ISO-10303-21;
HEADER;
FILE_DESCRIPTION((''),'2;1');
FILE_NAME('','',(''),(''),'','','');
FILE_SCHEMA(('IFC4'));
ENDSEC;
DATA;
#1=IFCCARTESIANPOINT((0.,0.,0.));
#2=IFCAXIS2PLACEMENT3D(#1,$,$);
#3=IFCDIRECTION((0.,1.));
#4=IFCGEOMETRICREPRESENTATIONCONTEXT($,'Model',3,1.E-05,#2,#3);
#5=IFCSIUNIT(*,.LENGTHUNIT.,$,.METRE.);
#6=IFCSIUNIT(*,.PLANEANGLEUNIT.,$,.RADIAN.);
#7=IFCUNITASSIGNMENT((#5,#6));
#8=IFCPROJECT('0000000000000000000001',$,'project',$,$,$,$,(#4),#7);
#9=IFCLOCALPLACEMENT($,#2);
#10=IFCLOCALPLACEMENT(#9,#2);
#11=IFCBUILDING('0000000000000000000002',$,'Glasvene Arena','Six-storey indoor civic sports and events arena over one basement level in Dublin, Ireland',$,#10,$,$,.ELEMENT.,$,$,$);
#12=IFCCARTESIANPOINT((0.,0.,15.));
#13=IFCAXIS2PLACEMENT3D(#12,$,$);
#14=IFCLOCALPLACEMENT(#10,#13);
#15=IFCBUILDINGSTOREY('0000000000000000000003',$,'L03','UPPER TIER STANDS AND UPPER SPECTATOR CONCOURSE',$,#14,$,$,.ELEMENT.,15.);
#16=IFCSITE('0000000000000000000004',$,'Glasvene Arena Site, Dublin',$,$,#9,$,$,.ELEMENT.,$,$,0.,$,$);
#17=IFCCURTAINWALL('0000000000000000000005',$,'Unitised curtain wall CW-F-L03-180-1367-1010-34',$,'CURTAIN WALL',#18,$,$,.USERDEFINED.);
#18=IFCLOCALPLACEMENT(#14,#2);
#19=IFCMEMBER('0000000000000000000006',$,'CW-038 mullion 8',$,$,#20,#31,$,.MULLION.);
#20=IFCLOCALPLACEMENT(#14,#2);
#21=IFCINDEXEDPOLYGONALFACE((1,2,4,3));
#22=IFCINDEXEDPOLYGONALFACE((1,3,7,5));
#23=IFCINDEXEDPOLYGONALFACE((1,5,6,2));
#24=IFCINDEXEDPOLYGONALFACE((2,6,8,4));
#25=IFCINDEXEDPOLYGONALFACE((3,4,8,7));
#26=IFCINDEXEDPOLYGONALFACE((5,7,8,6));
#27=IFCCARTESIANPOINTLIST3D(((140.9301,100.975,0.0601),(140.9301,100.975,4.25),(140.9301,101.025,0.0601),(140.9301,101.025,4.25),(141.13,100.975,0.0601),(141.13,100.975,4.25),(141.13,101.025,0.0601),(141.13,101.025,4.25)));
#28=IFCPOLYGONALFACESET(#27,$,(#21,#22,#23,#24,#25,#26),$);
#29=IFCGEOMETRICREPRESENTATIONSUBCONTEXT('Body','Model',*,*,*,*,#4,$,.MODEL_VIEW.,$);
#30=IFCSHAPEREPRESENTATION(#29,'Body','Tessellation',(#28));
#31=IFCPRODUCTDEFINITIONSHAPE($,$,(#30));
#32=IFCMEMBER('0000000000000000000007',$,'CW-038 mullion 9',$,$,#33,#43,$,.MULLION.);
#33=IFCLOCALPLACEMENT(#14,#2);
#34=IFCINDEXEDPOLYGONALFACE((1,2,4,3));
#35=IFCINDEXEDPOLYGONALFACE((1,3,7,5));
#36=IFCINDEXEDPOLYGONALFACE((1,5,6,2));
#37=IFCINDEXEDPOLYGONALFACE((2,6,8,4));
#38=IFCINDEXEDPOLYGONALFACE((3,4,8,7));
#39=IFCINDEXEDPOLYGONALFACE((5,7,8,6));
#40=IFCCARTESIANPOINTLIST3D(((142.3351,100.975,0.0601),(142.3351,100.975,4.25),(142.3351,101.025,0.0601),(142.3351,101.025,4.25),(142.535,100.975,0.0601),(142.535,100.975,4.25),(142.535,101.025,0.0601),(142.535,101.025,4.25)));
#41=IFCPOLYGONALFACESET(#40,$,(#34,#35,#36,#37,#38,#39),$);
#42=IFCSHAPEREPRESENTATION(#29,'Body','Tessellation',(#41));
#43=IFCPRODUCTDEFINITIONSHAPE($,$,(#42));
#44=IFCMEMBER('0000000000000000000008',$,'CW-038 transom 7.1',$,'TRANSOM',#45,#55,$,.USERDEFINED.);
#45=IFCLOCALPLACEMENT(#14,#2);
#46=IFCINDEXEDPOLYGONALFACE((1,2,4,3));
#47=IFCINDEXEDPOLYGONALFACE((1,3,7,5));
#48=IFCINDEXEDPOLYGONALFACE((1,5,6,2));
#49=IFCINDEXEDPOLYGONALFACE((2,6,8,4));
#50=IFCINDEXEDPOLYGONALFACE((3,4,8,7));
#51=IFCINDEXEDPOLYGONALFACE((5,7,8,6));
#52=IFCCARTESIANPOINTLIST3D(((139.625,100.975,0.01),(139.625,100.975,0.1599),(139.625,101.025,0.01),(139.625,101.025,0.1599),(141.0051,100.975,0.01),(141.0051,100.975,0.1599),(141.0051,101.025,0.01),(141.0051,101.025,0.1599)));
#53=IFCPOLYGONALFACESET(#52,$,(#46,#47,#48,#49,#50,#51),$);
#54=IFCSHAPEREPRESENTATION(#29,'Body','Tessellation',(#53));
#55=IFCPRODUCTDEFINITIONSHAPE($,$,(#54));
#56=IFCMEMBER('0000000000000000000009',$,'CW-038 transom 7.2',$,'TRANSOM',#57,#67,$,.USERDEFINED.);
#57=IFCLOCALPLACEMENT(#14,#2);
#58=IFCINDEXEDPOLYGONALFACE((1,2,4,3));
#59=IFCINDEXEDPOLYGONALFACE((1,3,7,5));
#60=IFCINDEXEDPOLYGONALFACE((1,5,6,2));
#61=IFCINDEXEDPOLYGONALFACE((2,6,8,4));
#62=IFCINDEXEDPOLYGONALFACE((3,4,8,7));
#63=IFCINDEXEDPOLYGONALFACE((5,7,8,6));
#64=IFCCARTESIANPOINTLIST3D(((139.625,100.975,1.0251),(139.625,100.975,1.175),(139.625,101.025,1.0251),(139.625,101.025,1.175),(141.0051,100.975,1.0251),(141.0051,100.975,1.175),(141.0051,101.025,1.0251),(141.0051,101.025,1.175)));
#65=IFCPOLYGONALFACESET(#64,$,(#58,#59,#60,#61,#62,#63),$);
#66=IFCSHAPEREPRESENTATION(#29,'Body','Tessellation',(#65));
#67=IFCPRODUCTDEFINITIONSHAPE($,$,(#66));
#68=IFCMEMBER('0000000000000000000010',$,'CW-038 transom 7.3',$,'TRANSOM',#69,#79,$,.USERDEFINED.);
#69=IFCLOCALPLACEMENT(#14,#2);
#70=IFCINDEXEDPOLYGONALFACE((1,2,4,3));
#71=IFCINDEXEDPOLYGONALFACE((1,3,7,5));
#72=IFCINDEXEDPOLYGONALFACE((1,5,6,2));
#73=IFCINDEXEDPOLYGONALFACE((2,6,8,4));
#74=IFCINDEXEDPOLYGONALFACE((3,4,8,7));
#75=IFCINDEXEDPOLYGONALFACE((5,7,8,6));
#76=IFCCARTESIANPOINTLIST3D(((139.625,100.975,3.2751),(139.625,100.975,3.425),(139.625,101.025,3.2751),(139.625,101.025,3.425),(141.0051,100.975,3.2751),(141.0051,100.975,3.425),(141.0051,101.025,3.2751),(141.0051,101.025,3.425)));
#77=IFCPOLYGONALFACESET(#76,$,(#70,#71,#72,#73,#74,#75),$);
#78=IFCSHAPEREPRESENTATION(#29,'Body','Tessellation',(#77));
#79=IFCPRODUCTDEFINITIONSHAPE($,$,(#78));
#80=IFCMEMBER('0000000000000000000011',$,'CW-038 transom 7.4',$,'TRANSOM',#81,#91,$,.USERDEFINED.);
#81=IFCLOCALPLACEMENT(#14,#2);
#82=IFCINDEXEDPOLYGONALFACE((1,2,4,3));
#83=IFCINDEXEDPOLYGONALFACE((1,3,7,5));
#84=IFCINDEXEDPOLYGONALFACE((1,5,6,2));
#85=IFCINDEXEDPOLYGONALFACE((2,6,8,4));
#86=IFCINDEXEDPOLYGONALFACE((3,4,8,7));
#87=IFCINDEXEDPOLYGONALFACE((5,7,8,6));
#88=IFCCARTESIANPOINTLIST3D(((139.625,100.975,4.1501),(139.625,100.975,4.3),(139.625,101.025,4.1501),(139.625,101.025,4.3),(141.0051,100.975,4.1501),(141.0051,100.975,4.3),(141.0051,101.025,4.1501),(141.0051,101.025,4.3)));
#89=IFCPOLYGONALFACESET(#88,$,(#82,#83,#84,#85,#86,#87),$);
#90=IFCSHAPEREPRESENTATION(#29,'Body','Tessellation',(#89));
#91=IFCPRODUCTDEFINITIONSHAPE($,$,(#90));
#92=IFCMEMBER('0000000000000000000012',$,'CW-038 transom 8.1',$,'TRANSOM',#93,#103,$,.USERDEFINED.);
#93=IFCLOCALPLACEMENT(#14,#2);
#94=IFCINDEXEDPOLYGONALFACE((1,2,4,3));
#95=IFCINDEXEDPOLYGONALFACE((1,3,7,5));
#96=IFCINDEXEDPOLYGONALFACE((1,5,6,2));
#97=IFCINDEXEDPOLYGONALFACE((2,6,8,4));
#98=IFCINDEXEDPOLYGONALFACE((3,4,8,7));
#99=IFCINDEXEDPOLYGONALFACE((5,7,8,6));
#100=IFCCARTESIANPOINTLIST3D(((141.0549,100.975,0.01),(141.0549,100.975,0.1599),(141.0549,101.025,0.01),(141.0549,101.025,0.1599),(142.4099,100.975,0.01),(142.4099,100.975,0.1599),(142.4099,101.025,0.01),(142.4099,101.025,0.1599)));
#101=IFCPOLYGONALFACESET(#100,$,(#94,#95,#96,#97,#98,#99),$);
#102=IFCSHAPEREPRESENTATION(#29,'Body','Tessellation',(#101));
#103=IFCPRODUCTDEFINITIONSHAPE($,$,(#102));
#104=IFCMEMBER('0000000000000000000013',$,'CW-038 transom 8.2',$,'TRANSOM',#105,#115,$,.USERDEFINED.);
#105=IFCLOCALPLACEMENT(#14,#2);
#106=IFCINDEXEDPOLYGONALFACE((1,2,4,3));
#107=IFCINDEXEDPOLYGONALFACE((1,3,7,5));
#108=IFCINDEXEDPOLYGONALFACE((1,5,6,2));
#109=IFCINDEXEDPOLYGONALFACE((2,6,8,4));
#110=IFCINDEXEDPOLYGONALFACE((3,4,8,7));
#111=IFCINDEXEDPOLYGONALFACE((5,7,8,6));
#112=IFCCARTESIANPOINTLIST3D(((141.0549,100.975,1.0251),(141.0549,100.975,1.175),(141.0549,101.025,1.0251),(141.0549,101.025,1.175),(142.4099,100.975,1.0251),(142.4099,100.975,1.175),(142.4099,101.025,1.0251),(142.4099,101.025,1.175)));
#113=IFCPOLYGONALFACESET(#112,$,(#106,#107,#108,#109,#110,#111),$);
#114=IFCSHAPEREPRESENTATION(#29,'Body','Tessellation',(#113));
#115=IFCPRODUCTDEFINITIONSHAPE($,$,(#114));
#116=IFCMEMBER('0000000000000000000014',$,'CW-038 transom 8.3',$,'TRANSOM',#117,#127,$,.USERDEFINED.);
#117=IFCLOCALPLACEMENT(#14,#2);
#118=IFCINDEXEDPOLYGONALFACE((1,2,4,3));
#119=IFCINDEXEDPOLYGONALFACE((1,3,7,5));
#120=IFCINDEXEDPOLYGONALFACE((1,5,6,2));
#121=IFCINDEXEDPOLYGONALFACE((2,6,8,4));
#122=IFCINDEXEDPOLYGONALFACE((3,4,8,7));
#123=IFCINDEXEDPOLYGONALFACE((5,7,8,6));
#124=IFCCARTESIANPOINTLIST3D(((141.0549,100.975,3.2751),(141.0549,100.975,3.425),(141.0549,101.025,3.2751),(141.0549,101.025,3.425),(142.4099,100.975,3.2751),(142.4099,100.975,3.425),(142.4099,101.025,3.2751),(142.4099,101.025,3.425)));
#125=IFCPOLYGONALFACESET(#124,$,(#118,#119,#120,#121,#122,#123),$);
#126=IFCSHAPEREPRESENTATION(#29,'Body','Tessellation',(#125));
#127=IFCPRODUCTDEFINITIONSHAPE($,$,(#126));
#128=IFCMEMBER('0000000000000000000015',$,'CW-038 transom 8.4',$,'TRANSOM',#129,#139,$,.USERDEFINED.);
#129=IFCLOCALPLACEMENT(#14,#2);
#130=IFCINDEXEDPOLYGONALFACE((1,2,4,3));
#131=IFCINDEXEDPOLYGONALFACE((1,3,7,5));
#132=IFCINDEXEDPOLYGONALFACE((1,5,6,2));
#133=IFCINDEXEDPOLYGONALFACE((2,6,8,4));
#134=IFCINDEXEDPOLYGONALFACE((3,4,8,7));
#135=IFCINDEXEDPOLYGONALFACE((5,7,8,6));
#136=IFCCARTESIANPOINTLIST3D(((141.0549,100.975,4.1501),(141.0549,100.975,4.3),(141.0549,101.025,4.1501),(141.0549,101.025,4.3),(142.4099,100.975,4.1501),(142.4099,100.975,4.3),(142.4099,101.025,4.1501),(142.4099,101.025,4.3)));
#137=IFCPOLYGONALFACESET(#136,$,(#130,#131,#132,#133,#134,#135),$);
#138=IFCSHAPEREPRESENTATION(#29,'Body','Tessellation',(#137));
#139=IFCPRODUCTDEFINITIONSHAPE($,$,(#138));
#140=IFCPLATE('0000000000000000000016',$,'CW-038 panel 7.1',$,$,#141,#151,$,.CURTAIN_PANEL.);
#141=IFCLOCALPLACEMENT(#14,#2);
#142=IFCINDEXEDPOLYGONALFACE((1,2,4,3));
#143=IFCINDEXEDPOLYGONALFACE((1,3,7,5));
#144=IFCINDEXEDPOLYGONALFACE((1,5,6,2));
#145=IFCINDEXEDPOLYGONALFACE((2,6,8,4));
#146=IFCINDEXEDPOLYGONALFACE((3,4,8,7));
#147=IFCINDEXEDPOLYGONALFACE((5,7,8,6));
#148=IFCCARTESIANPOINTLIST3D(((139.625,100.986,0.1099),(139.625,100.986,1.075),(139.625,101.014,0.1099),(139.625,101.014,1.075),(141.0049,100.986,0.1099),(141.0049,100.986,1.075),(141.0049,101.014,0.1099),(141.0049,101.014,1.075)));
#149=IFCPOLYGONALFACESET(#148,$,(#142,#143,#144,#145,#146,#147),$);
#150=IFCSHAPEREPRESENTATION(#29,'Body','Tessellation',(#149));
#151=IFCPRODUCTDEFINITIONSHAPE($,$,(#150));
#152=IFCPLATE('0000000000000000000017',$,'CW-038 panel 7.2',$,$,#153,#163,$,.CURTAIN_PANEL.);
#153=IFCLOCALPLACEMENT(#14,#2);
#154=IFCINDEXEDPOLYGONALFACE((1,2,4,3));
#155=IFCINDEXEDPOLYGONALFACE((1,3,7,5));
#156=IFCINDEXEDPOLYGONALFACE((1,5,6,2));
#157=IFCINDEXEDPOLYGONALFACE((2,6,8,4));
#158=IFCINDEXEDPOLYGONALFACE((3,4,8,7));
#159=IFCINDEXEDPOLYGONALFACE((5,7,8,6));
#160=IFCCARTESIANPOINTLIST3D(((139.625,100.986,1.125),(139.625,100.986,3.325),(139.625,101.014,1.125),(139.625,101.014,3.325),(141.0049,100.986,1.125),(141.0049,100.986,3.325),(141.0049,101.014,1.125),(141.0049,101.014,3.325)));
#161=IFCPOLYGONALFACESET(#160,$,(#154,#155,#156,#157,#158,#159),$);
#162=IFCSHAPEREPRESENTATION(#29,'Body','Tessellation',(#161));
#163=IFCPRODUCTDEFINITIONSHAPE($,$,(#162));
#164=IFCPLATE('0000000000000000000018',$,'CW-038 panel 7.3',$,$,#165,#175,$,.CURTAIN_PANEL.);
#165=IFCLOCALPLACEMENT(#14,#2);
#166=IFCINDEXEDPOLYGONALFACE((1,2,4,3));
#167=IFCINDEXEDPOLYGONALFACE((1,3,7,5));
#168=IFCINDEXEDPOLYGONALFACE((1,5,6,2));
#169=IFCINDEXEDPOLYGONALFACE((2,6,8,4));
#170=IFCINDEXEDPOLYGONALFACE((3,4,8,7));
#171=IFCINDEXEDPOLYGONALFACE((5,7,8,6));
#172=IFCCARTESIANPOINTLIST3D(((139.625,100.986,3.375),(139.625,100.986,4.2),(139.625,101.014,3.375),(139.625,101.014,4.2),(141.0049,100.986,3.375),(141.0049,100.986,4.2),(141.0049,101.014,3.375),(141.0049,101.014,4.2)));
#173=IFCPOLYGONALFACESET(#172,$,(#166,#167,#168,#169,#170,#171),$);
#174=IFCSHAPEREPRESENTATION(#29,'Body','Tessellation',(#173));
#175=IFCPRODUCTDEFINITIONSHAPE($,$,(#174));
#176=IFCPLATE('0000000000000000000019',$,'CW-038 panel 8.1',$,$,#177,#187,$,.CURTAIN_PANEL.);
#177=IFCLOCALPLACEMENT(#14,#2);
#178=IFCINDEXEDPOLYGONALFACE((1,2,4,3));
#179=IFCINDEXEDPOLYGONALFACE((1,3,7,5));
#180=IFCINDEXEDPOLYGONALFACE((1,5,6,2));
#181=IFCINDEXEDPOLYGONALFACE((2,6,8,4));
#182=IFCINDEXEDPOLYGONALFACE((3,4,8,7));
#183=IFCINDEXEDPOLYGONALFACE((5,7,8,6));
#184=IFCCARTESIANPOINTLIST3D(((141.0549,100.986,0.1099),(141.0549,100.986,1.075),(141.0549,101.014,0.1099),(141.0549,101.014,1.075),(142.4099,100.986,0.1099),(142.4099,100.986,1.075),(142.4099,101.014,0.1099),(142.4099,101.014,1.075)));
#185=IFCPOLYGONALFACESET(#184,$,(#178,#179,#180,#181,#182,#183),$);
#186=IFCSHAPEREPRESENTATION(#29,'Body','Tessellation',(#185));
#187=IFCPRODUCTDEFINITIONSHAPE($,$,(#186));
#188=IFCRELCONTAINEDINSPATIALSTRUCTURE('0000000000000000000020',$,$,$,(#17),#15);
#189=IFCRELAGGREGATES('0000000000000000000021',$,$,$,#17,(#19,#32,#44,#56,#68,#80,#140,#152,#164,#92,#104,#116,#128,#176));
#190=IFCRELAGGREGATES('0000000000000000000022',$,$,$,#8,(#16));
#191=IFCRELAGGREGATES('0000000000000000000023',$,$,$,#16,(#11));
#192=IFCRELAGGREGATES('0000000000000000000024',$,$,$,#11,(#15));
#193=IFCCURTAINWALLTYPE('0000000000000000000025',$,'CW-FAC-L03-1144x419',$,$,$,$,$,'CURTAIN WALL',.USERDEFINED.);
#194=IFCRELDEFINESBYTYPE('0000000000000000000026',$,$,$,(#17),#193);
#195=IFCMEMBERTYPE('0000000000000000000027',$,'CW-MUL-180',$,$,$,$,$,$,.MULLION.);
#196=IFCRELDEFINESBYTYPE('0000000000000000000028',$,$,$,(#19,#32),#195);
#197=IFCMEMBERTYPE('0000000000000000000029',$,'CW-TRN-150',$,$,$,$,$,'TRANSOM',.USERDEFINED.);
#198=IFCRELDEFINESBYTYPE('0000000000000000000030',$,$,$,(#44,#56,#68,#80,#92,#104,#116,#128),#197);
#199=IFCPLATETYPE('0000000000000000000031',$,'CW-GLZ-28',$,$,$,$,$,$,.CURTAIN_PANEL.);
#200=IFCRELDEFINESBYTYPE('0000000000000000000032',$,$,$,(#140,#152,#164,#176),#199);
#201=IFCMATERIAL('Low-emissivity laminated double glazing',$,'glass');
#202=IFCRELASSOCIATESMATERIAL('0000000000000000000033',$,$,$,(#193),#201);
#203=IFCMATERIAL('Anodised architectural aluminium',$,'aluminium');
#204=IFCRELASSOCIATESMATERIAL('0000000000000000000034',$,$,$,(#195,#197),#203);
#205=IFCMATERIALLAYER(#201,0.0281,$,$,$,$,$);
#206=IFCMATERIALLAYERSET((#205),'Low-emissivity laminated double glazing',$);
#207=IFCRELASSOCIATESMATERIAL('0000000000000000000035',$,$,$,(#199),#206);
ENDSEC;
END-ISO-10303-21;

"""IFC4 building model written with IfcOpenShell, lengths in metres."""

from ifc_helpers import new_model, si_unit, direction, frame, origin, origin_2d, place, context, subcontext, project, spatial, rectangle, extrude, material, layer, layer_set, material_profile, profile_set, type_object, element, aggregate, save


model = new_model("IFC4")

# Units and contexts
model_context = context("Model", 3, precision=1e-05, world=origin(), true_north=direction((0.0, 1.0)))
body_context = subcontext(model_context, "Body", "Model", "MODEL_VIEW")
ifc_project = project(units=[si_unit("LENGTHUNIT", "METRE"), si_unit("PLANEANGLEUNIT", "RADIAN")], contexts=[model_context])

# Site, building, storey
site_placement = place(None, origin())
site = spatial("IfcSite", under=ifc_project, at=site_placement, Name="Glasvene Arena Site, Dublin", CompositionType="ELEMENT", RefElevation=0.0)
building_placement = place(site_placement, origin())
building = spatial("IfcBuilding", under=site, at=building_placement, Name="Glasvene Arena", Description="Six-storey indoor civic sports and events arena over one basement level in Dublin, Ireland", CompositionType="ELEMENT")
storey_placement = place(building_placement, frame((0.0, 0.0, 15.0)))
storey = spatial("IfcBuildingStorey", under=building, at=storey_placement, Name="L03", Description="UPPER TIER STANDS AND UPPER SPECTATOR CONCOURSE", CompositionType="ELEMENT", Elevation=15.0)

# Curtain wall, members, plates
ifc_material_1 = material(Name="Low-emissivity laminated double glazing", Category="glass")
curtain_wall_type = type_object("IfcCurtainWallType", Name="CW-FAC-L03-1144x419", ElementType="CURTAIN WALL", PredefinedType="USERDEFINED", material=ifc_material_1)
curtain_wall_placement = place(storey_placement, frame((131.0203, 101.0, 0.0)))
curtain_wall = element("IfcCurtainWall", 1, at=curtain_wall_placement, inside=storey, type_object=curtain_wall_type, Name="Unitised curtain wall CW-F-L03-180-1367-1010-34", ObjectType="CURTAIN WALL", PredefinedType="USERDEFINED")
ifc_material_2 = material(Name="Anodised architectural aluminium", Category="aluminium")
ifc_material_profile_1 = material_profile(ifc_material_2, rectangle(XDim=0.05, YDim=0.2, at=origin_2d()), Name="ALU MULLION 50x200")
ifc_profile_set_1 = profile_set([ifc_material_profile_1], Name="Anodised architectural aluminium")
member_type_1 = type_object("IfcMemberType", Name="CW-MUL-180", PredefinedType="MULLION", material=ifc_profile_set_1)
member_1_placement = place(storey_placement, frame((141.03, 101.0, 0.0601), z_axis=(0.0, 0.0, 1.0), x_axis=(0.0, 1.0, 0.0)))
member_1 = element("IfcMember", 2, at=member_1_placement, type_object=member_type_1, Name="CW-038 mullion 8", PredefinedType="MULLION", context=body_context, shape_type="SweptSolid", body=[
    extrude(rectangle(XDim=0.05, YDim=0.2, at=origin_2d()), origin(), (0.0, 0.0, 1.0), 4.1899),
])
member_2_placement = place(storey_placement, frame((142.4351, 101.0, 0.0601), z_axis=(0.0, 0.0, 1.0), x_axis=(0.0, 1.0, 0.0)))
member_2 = element("IfcMember", 3, at=member_2_placement, type_object=member_type_1, Name="CW-038 mullion 9", PredefinedType="MULLION", context=body_context, shape_type="SweptSolid", body=[
    extrude(rectangle(XDim=0.05, YDim=0.2, at=origin_2d()), origin(), (0.0, 0.0, 1.0), 4.1899),
])
ifc_material_profile_2 = material_profile(ifc_material_2, rectangle(XDim=0.05, YDim=0.1499, at=origin_2d()), Name="ALU TRANSOM 50x150")
ifc_profile_set_2 = profile_set([ifc_material_profile_2], Name="Anodised architectural aluminium")
member_type_2 = type_object("IfcMemberType", Name="CW-TRN-150", ElementType="TRANSOM", PredefinedType="USERDEFINED", material=ifc_profile_set_2)
member_3_placement = place(storey_placement, frame((139.625, 101.0, 0.085), z_axis=(1.0, 0.0, 0.0), x_axis=(0.0, 1.0, 0.0)))
member_3 = element("IfcMember", 4, at=member_3_placement, type_object=member_type_2, Name="CW-038 transom 7.1", ObjectType="TRANSOM", PredefinedType="USERDEFINED", context=body_context, shape_type="SweptSolid", body=[
    extrude(rectangle(XDim=0.05, YDim=0.1499, at=origin_2d()), origin(), (0.0, 0.0, 1.0), 1.3801),
])
member_4_placement = place(storey_placement, frame((139.625, 101.0, 1.1001), z_axis=(1.0, 0.0, 0.0), x_axis=(0.0, 1.0, 0.0)))
member_4 = element("IfcMember", 5, at=member_4_placement, type_object=member_type_2, Name="CW-038 transom 7.2", ObjectType="TRANSOM", PredefinedType="USERDEFINED", context=body_context, shape_type="SweptSolid", body=[
    extrude(rectangle(XDim=0.05, YDim=0.1499, at=origin_2d()), origin(), (0.0, 0.0, 1.0), 1.3801),
])
member_5_placement = place(storey_placement, frame((139.625, 101.0, 3.3501), z_axis=(1.0, 0.0, 0.0), x_axis=(0.0, 1.0, 0.0)))
member_5 = element("IfcMember", 6, at=member_5_placement, type_object=member_type_2, Name="CW-038 transom 7.3", ObjectType="TRANSOM", PredefinedType="USERDEFINED", context=body_context, shape_type="SweptSolid", body=[
    extrude(rectangle(XDim=0.05, YDim=0.1499, at=origin_2d()), origin(), (0.0, 0.0, 1.0), 1.3801),
])
member_6_placement = place(storey_placement, frame((139.625, 101.0, 4.2251), z_axis=(1.0, 0.0, 0.0), x_axis=(0.0, 1.0, 0.0)))
member_6 = element("IfcMember", 7, at=member_6_placement, type_object=member_type_2, Name="CW-038 transom 7.4", ObjectType="TRANSOM", PredefinedType="USERDEFINED", context=body_context, shape_type="SweptSolid", body=[
    extrude(rectangle(XDim=0.05, YDim=0.1499, at=origin_2d()), origin(), (0.0, 0.0, 1.0), 1.3801),
])
member_7_placement = place(storey_placement, frame((141.0549, 101.0, 0.085), z_axis=(1.0, 0.0, 0.0), x_axis=(0.0, 1.0, 0.0)))
member_7 = element("IfcMember", 8, at=member_7_placement, type_object=member_type_2, Name="CW-038 transom 8.1", ObjectType="TRANSOM", PredefinedType="USERDEFINED", context=body_context, shape_type="SweptSolid", body=[
    extrude(rectangle(XDim=0.05, YDim=0.1499, at=origin_2d()), origin(), (0.0, 0.0, 1.0), 1.355),
])
member_8_placement = place(storey_placement, frame((141.0549, 101.0, 1.1001), z_axis=(1.0, 0.0, 0.0), x_axis=(0.0, 1.0, 0.0)))
member_8 = element("IfcMember", 9, at=member_8_placement, type_object=member_type_2, Name="CW-038 transom 8.2", ObjectType="TRANSOM", PredefinedType="USERDEFINED", context=body_context, shape_type="SweptSolid", body=[
    extrude(rectangle(XDim=0.05, YDim=0.1499, at=origin_2d()), origin(), (0.0, 0.0, 1.0), 1.355),
])
member_9_placement = place(storey_placement, frame((141.0549, 101.0, 3.3501), z_axis=(1.0, 0.0, 0.0), x_axis=(0.0, 1.0, 0.0)))
member_9 = element("IfcMember", 10, at=member_9_placement, type_object=member_type_2, Name="CW-038 transom 8.3", ObjectType="TRANSOM", PredefinedType="USERDEFINED", context=body_context, shape_type="SweptSolid", body=[
    extrude(rectangle(XDim=0.05, YDim=0.1499, at=origin_2d()), origin(), (0.0, 0.0, 1.0), 1.355),
])
member_10_placement = place(storey_placement, frame((141.0549, 101.0, 4.2251), z_axis=(1.0, 0.0, 0.0), x_axis=(0.0, 1.0, 0.0)))
member_10 = element("IfcMember", 11, at=member_10_placement, type_object=member_type_2, Name="CW-038 transom 8.4", ObjectType="TRANSOM", PredefinedType="USERDEFINED", context=body_context, shape_type="SweptSolid", body=[
    extrude(rectangle(XDim=0.05, YDim=0.1499, at=origin_2d()), origin(), (0.0, 0.0, 1.0), 1.355),
])
ifc_layer_1 = layer(ifc_material_1, 0.0281)
ifc_layer_set_1 = layer_set([ifc_layer_1], Name="Low-emissivity laminated double glazing")
plate_type = type_object("IfcPlateType", Name="CW-GLZ-28", PredefinedType="CURTAIN_PANEL", material=ifc_layer_set_1)
plate_1_placement = place(storey_placement, frame((140.3149, 101.0, 0.1099), z_axis=(0.0, 0.0, 1.0), x_axis=(1.0, 0.0, 0.0)))
plate_1 = element("IfcPlate", 12, at=plate_1_placement, type_object=plate_type, Name="CW-038 panel 7.1", PredefinedType="CURTAIN_PANEL", context=body_context, shape_type="SweptSolid", body=[
    extrude(rectangle(XDim=1.3799, YDim=0.0281, at=origin_2d()), origin(), (0.0, 0.0, 1.0), 0.9651),
])
plate_2_placement = place(storey_placement, frame((140.3149, 101.0, 1.125), z_axis=(0.0, 0.0, 1.0), x_axis=(1.0, 0.0, 0.0)))
plate_2 = element("IfcPlate", 13, at=plate_2_placement, type_object=plate_type, Name="CW-038 panel 7.2", PredefinedType="CURTAIN_PANEL", context=body_context, shape_type="SweptSolid", body=[
    extrude(rectangle(XDim=1.3799, YDim=0.0281, at=origin_2d()), origin(), (0.0, 0.0, 1.0), 2.2),
])
plate_3_placement = place(storey_placement, frame((140.3149, 101.0, 3.375), z_axis=(0.0, 0.0, 1.0), x_axis=(1.0, 0.0, 0.0)))
plate_3 = element("IfcPlate", 14, at=plate_3_placement, type_object=plate_type, Name="CW-038 panel 7.3", PredefinedType="CURTAIN_PANEL", context=body_context, shape_type="SweptSolid", body=[
    extrude(rectangle(XDim=1.3799, YDim=0.0281, at=origin_2d()), origin(), (0.0, 0.0, 1.0), 0.825),
])
plate_4_placement = place(storey_placement, frame((141.7324, 101.0, 0.1099), z_axis=(0.0, 0.0, 1.0), x_axis=(1.0, 0.0, 0.0)))
plate_4 = element("IfcPlate", 15, at=plate_4_placement, type_object=plate_type, Name="CW-038 panel 8.1", PredefinedType="CURTAIN_PANEL", context=body_context, shape_type="SweptSolid", body=[
    extrude(rectangle(XDim=1.355, YDim=0.0281, at=origin_2d()), origin(), (0.0, 0.0, 1.0), 0.9651),
])
aggregate(curtain_wall, [member_1, member_2, member_3, member_4, member_5, member_6, plate_1, plate_2, plate_3, member_7, member_8, member_9, member_10, plate_4])

save(model, "model.ifc")
